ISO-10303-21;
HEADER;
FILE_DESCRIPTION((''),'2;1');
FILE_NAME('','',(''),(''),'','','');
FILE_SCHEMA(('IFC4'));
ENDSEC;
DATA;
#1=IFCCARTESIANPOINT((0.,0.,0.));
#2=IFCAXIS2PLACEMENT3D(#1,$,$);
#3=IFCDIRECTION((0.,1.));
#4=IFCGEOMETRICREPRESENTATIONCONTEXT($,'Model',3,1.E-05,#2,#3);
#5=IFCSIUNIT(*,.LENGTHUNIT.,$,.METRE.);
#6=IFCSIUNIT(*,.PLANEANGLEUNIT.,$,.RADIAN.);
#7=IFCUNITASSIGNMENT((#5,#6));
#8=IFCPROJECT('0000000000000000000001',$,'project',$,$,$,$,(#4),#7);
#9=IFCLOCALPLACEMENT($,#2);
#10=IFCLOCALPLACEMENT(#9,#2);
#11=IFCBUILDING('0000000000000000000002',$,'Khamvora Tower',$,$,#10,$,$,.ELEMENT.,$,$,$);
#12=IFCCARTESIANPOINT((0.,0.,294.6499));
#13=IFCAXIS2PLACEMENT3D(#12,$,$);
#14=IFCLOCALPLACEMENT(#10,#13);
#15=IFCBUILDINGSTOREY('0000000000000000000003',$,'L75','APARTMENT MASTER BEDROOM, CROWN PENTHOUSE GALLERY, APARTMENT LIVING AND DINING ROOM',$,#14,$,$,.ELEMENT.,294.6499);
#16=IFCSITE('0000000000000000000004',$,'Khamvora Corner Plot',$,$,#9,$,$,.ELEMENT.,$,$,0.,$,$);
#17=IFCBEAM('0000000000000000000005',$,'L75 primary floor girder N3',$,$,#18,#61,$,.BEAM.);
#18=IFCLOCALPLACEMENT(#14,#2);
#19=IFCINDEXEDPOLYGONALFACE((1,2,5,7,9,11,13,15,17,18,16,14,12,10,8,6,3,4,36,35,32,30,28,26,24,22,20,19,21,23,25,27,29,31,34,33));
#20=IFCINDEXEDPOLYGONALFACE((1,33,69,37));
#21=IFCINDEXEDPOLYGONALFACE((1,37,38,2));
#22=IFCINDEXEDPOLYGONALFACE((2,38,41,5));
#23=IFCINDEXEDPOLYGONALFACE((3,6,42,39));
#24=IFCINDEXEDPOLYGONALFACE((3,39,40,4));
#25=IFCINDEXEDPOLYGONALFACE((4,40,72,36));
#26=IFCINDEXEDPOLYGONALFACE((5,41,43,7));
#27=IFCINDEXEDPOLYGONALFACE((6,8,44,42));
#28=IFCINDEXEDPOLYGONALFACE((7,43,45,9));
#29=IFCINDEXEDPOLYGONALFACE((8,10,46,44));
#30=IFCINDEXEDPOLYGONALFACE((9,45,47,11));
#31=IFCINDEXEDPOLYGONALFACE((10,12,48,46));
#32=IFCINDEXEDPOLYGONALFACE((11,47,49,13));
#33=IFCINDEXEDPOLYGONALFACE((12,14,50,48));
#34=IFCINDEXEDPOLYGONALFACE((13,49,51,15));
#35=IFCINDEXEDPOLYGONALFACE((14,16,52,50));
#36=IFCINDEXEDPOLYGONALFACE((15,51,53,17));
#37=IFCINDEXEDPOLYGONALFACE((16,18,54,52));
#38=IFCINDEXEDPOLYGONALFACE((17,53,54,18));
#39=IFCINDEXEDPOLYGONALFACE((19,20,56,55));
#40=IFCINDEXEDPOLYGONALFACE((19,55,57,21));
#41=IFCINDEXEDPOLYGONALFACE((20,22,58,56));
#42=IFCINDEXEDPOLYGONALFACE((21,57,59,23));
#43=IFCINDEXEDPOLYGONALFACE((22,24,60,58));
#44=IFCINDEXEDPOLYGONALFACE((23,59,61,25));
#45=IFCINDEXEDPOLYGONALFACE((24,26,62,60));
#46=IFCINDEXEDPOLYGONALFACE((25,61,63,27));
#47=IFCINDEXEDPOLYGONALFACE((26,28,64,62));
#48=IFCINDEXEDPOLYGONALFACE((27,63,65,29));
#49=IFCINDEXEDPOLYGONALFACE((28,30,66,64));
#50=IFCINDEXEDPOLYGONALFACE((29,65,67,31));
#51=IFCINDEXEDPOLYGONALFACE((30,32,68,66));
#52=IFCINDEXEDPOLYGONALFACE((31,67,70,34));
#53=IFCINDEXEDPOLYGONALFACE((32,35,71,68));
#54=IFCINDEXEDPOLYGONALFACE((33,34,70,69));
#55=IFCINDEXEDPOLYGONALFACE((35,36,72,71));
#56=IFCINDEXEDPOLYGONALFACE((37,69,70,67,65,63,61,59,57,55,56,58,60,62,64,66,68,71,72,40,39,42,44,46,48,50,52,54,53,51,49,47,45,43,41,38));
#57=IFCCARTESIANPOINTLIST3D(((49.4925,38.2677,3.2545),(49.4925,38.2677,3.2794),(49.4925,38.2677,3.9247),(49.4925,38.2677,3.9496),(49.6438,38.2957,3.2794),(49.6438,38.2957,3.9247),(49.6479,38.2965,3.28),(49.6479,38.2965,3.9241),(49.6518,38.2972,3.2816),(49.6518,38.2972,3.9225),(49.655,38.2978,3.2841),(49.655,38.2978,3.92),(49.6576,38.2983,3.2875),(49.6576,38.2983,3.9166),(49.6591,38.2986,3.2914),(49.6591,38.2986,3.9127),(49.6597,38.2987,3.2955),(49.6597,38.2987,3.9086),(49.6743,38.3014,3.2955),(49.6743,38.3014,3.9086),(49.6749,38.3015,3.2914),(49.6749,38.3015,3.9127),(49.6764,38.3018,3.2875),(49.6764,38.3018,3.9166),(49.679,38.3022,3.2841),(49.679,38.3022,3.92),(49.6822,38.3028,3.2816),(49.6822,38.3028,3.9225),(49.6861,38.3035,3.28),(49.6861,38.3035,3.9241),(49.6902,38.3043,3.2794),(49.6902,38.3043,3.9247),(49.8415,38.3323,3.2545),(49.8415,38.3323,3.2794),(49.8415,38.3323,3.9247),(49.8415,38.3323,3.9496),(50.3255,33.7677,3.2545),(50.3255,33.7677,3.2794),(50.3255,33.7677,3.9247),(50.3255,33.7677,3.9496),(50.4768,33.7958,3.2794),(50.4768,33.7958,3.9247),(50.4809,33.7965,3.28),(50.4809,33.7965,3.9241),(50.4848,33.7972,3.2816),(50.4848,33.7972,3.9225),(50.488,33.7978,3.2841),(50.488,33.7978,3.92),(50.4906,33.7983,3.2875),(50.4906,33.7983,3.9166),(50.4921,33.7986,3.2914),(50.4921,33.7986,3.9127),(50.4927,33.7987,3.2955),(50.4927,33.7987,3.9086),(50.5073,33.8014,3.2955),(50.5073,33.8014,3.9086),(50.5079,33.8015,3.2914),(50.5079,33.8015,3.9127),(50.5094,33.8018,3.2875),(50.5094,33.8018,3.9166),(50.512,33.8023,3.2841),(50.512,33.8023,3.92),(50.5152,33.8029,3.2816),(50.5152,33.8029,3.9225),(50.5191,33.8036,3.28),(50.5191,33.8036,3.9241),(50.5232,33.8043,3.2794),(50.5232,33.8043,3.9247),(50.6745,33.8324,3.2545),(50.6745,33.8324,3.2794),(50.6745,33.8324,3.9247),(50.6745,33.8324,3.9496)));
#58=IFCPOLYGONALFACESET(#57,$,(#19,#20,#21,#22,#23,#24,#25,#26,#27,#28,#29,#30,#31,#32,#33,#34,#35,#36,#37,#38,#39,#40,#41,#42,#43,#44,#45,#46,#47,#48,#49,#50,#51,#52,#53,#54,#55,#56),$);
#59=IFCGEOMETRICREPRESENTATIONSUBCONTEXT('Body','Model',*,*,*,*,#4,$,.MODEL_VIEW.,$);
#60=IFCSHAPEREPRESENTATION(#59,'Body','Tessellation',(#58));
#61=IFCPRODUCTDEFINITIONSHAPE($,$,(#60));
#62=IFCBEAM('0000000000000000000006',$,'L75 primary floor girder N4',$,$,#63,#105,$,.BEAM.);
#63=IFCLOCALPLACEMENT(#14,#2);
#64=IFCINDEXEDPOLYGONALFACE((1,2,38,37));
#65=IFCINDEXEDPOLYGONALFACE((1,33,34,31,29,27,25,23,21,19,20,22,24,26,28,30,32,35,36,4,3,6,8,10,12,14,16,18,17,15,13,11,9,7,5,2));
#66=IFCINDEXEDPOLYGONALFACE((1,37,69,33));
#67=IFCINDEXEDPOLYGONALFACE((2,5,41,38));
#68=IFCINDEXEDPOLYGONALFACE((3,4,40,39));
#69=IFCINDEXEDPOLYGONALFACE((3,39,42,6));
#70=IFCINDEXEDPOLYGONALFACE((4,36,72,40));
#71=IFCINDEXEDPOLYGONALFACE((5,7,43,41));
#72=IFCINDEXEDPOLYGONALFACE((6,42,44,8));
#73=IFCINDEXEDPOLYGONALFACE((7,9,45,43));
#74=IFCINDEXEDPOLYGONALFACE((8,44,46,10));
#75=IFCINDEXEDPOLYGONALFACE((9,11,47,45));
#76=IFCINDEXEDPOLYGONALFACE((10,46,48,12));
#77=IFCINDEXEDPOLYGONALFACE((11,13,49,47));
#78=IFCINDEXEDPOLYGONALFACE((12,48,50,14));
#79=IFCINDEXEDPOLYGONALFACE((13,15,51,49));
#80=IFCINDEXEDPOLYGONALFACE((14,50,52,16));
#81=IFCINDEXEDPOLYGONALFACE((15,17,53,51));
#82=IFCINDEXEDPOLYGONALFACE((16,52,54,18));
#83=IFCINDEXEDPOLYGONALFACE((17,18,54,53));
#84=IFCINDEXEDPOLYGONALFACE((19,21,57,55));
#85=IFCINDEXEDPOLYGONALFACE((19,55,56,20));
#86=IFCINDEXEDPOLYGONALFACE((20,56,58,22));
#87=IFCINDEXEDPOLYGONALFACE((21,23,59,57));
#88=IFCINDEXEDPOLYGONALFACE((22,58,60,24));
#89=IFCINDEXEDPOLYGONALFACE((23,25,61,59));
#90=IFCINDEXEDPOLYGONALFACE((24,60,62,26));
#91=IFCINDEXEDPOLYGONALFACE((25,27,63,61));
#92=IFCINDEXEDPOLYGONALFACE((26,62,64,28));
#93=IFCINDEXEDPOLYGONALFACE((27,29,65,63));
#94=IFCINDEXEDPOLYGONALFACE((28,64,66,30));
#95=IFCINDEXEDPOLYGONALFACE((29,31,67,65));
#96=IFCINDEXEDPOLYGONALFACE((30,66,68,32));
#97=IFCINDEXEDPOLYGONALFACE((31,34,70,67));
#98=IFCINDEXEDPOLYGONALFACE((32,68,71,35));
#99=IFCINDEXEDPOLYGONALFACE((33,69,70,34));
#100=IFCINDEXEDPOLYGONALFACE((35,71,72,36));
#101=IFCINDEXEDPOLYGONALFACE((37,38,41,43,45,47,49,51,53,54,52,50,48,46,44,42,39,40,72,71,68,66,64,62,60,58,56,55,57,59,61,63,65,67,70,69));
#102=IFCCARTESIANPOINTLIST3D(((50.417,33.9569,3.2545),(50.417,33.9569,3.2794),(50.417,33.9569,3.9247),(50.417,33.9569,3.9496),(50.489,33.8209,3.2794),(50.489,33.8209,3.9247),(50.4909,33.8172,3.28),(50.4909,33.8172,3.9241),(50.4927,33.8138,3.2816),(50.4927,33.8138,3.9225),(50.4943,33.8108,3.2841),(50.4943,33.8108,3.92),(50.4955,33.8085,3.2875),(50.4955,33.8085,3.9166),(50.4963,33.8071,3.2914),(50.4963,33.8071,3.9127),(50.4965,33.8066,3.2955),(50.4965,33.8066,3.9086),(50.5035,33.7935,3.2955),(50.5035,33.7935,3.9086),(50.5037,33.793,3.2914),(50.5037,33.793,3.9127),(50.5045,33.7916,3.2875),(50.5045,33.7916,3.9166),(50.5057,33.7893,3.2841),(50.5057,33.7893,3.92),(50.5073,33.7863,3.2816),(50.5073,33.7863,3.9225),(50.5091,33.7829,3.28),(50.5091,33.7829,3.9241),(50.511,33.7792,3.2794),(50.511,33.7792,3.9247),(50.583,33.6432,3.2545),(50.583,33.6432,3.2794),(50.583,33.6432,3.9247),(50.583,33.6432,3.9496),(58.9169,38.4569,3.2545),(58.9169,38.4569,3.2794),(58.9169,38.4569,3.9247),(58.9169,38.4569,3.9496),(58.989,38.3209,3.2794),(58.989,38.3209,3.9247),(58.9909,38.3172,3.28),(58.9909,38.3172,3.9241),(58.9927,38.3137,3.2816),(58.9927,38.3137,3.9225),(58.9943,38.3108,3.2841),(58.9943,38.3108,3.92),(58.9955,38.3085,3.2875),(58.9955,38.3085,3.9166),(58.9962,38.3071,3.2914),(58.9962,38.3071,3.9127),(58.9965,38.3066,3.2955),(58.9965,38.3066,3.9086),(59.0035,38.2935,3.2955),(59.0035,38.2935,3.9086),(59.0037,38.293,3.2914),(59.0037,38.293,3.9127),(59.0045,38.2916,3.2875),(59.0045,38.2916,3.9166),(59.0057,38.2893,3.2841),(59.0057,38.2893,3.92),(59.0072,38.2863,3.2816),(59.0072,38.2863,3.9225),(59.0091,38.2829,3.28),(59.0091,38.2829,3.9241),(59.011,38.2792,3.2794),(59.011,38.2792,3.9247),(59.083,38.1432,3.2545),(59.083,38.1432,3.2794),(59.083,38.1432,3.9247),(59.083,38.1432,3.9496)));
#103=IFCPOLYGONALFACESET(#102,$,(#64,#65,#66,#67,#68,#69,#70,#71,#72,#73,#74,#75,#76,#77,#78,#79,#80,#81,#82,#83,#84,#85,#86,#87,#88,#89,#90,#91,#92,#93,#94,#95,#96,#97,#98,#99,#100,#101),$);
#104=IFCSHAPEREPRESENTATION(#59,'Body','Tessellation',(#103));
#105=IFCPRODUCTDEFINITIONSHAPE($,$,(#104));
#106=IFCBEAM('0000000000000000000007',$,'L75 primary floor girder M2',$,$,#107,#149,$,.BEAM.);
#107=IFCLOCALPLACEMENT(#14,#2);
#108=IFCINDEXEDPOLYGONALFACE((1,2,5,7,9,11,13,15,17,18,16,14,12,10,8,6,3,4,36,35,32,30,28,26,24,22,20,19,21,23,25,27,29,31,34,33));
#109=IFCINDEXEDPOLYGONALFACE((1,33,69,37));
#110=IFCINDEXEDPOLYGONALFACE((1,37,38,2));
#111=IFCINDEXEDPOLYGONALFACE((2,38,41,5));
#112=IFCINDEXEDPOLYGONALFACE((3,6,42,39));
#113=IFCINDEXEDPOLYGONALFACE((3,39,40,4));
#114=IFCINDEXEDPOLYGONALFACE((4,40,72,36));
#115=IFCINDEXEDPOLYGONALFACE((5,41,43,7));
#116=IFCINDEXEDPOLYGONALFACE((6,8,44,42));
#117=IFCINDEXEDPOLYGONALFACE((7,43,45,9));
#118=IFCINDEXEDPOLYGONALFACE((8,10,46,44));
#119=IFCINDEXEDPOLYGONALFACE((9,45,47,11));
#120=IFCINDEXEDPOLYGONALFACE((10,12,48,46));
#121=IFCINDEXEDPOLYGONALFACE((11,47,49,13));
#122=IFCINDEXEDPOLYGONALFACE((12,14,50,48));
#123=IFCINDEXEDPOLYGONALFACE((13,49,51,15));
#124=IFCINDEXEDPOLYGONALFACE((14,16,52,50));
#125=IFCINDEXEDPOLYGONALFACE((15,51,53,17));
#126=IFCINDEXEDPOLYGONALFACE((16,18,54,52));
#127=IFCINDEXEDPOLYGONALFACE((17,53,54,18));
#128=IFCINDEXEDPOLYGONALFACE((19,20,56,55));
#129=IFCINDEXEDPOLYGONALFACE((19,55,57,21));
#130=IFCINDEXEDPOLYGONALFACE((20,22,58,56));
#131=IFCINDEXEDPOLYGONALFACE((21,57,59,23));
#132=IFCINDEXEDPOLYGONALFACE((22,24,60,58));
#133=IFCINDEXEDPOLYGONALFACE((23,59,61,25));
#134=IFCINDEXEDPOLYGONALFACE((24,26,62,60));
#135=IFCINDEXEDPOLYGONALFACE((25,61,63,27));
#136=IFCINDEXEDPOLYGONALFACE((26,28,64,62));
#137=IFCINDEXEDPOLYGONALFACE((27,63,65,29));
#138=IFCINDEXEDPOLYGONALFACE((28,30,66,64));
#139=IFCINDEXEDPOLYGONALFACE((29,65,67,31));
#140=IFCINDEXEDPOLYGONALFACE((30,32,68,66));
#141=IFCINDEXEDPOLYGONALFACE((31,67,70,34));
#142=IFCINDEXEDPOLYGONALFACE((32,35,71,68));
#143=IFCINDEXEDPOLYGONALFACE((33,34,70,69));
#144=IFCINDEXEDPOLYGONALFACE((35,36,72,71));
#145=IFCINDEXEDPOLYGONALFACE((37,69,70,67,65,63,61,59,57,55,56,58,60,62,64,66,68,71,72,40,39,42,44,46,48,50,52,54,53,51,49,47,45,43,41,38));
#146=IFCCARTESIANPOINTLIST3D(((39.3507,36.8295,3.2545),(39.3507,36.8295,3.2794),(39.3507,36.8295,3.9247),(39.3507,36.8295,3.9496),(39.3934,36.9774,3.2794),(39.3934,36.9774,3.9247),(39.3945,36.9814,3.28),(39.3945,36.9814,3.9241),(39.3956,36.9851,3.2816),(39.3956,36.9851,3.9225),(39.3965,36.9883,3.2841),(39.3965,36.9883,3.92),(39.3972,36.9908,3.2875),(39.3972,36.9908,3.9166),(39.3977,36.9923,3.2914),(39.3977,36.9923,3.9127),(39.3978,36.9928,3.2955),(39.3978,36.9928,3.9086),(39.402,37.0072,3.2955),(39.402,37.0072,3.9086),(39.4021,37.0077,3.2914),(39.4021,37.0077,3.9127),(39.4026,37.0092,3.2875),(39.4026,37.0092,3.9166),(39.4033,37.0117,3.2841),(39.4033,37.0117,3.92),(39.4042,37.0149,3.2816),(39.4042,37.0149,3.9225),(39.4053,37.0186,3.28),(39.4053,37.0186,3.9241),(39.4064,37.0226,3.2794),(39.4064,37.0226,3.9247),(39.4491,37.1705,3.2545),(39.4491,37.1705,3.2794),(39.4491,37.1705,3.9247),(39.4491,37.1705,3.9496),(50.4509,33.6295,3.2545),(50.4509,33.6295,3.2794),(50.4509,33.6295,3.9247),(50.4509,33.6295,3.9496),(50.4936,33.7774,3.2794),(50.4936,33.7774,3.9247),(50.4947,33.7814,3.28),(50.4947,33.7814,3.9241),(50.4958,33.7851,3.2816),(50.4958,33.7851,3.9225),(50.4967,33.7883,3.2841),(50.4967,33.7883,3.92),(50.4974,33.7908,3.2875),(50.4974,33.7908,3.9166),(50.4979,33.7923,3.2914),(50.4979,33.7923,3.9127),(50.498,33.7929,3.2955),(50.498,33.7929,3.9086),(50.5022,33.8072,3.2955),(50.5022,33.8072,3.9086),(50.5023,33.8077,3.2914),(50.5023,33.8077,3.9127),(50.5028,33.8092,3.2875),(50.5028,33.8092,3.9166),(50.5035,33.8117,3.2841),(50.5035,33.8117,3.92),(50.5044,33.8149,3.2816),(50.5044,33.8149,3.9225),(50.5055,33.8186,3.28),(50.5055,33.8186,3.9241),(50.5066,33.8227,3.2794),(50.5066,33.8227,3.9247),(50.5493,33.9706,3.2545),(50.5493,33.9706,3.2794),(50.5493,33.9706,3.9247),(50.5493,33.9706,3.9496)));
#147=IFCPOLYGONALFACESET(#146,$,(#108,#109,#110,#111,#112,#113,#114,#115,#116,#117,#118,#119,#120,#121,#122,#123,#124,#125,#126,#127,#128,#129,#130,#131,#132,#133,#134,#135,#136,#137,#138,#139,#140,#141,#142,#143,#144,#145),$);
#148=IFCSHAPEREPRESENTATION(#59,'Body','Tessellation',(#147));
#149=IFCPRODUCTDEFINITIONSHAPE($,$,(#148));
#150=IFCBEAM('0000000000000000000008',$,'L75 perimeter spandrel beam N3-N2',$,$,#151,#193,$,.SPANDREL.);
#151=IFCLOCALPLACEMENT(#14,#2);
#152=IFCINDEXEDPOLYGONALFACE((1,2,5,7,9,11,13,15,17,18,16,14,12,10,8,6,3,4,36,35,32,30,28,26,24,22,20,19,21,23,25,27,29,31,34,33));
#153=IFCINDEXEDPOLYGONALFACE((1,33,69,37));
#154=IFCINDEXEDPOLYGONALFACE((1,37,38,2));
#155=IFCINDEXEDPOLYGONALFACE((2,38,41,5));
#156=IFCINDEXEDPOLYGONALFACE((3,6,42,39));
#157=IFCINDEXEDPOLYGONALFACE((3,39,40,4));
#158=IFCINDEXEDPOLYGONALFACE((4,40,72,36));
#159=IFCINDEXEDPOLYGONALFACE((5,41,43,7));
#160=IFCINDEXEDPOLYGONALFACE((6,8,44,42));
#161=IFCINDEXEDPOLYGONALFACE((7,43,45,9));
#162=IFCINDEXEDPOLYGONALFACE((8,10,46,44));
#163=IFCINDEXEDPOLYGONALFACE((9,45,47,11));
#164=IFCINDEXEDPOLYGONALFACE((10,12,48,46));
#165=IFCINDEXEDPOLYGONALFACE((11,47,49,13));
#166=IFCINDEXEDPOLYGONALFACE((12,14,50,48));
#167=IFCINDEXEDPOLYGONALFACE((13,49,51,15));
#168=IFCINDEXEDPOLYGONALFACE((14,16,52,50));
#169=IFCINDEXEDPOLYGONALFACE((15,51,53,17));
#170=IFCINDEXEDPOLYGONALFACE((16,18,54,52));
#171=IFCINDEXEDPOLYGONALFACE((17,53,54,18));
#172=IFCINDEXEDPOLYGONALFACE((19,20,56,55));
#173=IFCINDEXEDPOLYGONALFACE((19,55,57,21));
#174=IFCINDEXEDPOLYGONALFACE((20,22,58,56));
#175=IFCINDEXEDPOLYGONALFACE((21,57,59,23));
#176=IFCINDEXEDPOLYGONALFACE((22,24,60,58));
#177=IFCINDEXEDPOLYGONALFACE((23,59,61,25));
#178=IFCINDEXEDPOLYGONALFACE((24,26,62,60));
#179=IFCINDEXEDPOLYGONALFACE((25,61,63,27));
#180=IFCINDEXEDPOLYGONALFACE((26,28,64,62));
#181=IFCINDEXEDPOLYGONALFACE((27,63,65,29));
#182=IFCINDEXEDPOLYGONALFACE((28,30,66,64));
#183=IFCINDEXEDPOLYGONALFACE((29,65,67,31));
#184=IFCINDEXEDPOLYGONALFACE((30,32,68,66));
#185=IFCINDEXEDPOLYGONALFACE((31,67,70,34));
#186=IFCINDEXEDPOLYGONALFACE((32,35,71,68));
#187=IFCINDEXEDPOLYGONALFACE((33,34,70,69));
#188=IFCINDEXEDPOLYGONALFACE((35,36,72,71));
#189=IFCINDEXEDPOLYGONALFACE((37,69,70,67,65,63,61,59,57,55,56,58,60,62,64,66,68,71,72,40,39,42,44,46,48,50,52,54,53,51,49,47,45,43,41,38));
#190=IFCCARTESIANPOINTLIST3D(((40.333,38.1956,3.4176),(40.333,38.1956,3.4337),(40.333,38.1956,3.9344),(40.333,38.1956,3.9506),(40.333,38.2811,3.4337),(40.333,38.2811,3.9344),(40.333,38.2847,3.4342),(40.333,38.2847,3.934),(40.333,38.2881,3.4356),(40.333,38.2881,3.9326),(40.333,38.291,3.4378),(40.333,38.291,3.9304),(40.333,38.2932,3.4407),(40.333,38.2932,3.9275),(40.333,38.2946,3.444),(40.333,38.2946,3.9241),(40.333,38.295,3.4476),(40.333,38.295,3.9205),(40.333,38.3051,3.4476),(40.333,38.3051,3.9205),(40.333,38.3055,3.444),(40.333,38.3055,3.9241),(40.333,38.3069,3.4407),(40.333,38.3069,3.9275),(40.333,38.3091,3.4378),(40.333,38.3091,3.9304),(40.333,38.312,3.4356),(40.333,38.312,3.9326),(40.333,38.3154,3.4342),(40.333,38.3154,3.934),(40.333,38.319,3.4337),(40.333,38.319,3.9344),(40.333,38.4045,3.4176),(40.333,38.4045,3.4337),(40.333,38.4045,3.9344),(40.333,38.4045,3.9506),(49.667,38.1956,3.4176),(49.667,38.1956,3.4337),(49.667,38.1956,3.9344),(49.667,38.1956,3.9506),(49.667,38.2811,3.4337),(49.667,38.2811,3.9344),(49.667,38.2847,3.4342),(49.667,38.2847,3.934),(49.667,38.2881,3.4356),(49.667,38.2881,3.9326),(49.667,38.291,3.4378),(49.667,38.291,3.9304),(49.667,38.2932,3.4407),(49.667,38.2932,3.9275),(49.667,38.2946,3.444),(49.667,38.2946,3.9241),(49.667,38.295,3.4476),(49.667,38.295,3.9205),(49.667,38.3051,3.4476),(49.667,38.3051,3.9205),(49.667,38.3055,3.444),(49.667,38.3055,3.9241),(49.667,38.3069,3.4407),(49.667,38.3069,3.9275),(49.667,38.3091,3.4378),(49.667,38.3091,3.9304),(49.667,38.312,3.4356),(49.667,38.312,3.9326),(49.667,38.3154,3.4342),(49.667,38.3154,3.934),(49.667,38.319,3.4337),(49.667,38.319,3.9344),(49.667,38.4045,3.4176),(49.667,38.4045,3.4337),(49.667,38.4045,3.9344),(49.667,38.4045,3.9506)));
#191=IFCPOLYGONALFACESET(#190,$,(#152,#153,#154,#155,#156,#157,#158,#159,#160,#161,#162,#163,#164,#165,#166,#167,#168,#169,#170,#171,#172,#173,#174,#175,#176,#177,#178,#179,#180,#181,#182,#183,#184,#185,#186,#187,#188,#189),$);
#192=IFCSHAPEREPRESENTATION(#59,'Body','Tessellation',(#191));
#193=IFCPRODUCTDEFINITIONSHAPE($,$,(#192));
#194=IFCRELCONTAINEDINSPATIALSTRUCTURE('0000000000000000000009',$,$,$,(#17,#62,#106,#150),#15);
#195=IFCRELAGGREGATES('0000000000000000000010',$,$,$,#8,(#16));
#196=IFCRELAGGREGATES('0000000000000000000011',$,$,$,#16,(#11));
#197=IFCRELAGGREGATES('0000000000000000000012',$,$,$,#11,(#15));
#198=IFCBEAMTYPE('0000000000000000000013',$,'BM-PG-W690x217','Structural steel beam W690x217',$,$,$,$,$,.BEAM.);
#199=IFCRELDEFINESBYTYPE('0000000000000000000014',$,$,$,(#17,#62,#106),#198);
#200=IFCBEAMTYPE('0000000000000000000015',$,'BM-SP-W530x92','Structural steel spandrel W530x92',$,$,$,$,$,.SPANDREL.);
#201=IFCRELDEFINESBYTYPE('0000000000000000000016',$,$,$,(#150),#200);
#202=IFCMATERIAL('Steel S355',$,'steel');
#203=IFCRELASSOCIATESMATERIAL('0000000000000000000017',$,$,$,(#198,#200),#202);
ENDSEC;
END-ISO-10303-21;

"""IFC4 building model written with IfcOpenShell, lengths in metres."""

from ifc_helpers import new_model, si_unit, direction, frame, origin, origin_2d, place, context, subcontext, project, spatial, i_section, extrude, material, material_profile, profile_set, type_object, element, save


model = new_model("IFC4")

# Units and contexts
model_context = context("Model", 3, precision=1e-05, world=origin(), true_north=direction((0.0, 1.0)))
body_context = subcontext(model_context, "Body", "Model", "MODEL_VIEW")
ifc_project = project(units=[si_unit("LENGTHUNIT", "METRE"), si_unit("PLANEANGLEUNIT", "RADIAN")], contexts=[model_context])

# Site, building, storey
site_placement = place(None, origin())
site = spatial("IfcSite", under=ifc_project, at=site_placement, Name="Khamvora Corner Plot", CompositionType="ELEMENT", RefElevation=0.0)
building_placement = place(site_placement, origin())
building = spatial("IfcBuilding", under=site, at=building_placement, Name="Khamvora Tower", CompositionType="ELEMENT")
storey_placement = place(building_placement, frame((0.0, 0.0, 294.6499)))
storey = spatial("IfcBuildingStorey", under=building, at=storey_placement, Name="L75", Description="APARTMENT MASTER BEDROOM, CROWN PENTHOUSE GALLERY, APARTMENT LIVING AND DINING ROOM", CompositionType="ELEMENT", Elevation=294.6499)

# Shared definitions
ifc_material_1 = material(Name="Steel S355", Category="steel")

# Beams
ifc_material_profile_1 = material_profile(ifc_material_1, i_section(OverallWidth=0.355, OverallDepth=0.6951, WebThickness=0.0149, FlangeThickness=0.0249, FilletRadius=0.0161, at=origin_2d()), Name="W690x217")
ifc_profile_set_1 = profile_set([ifc_material_profile_1], Name="Steel S355")
beam_type_1 = type_object("IfcBeamType", Name="BM-PG-W690x217", Description="Structural steel beam W690x217", PredefinedType="BEAM", material=ifc_profile_set_1)
beam_1_placement = place(storey_placement, frame((50.5, 33.8, 3.6021), z_axis=(-0.18202, 0.983295, 0.0), x_axis=(-0.983295, -0.18202, 0.0)))
element("IfcBeam", 1, at=beam_1_placement, inside=storey, type_object=beam_type_1, Name="L75 primary floor girder N3", PredefinedType="BEAM", context=body_context, shape_type="SweptSolid", body=[
    extrude(i_section(OverallWidth=0.355, OverallDepth=0.6951, WebThickness=0.0149, FlangeThickness=0.0249, FilletRadius=0.0161, at=origin_2d()), origin(), (0.0, 0.0, 1.0), 4.5764),
])
beam_2_placement = place(storey_placement, frame((50.5, 33.8, 3.6021), z_axis=(0.883788, 0.467888, 0.0), x_axis=(-0.467888, 0.883788, 0.0)))
element("IfcBeam", 2, at=beam_2_placement, inside=storey, type_object=beam_type_1, Name="L75 primary floor girder N4", PredefinedType="BEAM", context=body_context, shape_type="SweptSolid", body=[
    extrude(i_section(OverallWidth=0.355, OverallDepth=0.6951, WebThickness=0.0149, FlangeThickness=0.0249, FilletRadius=0.0161, at=origin_2d()), origin(), (0.0, 0.0, 1.0), 9.6177),
])
beam_3_placement = place(storey_placement, frame((39.3999, 37.0, 3.6021), z_axis=(0.96087, -0.277001, 0.0), x_axis=(0.277001, 0.96087, 0.0)))
element("IfcBeam", 3, at=beam_3_placement, inside=storey, type_object=beam_type_1, Name="L75 primary floor girder M2", PredefinedType="BEAM", context=body_context, shape_type="SweptSolid", body=[
    extrude(i_section(OverallWidth=0.355, OverallDepth=0.6951, WebThickness=0.0149, FlangeThickness=0.0249, FilletRadius=0.0161, at=origin_2d()), origin(), (0.0, 0.0, 1.0), 11.5522),
])
ifc_material_profile_2 = material_profile(ifc_material_1, i_section(OverallWidth=0.209, OverallDepth=0.533, WebThickness=0.01, FlangeThickness=0.0161, FilletRadius=0.0139, at=origin_2d()), Name="W530x92")
ifc_profile_set_2 = profile_set([ifc_material_profile_2], Name="Steel S355")
beam_type_2 = type_object("IfcBeamType", Name="BM-SP-W530x92", Description="Structural steel spandrel W530x92", PredefinedType="SPANDREL", material=ifc_profile_set_2)
beam_4_placement = place(storey_placement, frame((49.667, 38.3, 3.6841), z_axis=(-1.0, 0.0, 0.0), x_axis=(0.0, -1.0, 0.0)))
element("IfcBeam", 4, at=beam_4_placement, inside=storey, type_object=beam_type_2, Name="L75 perimeter spandrel beam N3-N2", PredefinedType="SPANDREL", context=body_context, shape_type="SweptSolid", body=[
    extrude(i_section(OverallWidth=0.209, OverallDepth=0.533, WebThickness=0.01, FlangeThickness=0.0161, FilletRadius=0.0139, at=origin_2d()), origin(), (0.0, 0.0, 1.0), 9.334),
])

save(model, "model.ifc")
